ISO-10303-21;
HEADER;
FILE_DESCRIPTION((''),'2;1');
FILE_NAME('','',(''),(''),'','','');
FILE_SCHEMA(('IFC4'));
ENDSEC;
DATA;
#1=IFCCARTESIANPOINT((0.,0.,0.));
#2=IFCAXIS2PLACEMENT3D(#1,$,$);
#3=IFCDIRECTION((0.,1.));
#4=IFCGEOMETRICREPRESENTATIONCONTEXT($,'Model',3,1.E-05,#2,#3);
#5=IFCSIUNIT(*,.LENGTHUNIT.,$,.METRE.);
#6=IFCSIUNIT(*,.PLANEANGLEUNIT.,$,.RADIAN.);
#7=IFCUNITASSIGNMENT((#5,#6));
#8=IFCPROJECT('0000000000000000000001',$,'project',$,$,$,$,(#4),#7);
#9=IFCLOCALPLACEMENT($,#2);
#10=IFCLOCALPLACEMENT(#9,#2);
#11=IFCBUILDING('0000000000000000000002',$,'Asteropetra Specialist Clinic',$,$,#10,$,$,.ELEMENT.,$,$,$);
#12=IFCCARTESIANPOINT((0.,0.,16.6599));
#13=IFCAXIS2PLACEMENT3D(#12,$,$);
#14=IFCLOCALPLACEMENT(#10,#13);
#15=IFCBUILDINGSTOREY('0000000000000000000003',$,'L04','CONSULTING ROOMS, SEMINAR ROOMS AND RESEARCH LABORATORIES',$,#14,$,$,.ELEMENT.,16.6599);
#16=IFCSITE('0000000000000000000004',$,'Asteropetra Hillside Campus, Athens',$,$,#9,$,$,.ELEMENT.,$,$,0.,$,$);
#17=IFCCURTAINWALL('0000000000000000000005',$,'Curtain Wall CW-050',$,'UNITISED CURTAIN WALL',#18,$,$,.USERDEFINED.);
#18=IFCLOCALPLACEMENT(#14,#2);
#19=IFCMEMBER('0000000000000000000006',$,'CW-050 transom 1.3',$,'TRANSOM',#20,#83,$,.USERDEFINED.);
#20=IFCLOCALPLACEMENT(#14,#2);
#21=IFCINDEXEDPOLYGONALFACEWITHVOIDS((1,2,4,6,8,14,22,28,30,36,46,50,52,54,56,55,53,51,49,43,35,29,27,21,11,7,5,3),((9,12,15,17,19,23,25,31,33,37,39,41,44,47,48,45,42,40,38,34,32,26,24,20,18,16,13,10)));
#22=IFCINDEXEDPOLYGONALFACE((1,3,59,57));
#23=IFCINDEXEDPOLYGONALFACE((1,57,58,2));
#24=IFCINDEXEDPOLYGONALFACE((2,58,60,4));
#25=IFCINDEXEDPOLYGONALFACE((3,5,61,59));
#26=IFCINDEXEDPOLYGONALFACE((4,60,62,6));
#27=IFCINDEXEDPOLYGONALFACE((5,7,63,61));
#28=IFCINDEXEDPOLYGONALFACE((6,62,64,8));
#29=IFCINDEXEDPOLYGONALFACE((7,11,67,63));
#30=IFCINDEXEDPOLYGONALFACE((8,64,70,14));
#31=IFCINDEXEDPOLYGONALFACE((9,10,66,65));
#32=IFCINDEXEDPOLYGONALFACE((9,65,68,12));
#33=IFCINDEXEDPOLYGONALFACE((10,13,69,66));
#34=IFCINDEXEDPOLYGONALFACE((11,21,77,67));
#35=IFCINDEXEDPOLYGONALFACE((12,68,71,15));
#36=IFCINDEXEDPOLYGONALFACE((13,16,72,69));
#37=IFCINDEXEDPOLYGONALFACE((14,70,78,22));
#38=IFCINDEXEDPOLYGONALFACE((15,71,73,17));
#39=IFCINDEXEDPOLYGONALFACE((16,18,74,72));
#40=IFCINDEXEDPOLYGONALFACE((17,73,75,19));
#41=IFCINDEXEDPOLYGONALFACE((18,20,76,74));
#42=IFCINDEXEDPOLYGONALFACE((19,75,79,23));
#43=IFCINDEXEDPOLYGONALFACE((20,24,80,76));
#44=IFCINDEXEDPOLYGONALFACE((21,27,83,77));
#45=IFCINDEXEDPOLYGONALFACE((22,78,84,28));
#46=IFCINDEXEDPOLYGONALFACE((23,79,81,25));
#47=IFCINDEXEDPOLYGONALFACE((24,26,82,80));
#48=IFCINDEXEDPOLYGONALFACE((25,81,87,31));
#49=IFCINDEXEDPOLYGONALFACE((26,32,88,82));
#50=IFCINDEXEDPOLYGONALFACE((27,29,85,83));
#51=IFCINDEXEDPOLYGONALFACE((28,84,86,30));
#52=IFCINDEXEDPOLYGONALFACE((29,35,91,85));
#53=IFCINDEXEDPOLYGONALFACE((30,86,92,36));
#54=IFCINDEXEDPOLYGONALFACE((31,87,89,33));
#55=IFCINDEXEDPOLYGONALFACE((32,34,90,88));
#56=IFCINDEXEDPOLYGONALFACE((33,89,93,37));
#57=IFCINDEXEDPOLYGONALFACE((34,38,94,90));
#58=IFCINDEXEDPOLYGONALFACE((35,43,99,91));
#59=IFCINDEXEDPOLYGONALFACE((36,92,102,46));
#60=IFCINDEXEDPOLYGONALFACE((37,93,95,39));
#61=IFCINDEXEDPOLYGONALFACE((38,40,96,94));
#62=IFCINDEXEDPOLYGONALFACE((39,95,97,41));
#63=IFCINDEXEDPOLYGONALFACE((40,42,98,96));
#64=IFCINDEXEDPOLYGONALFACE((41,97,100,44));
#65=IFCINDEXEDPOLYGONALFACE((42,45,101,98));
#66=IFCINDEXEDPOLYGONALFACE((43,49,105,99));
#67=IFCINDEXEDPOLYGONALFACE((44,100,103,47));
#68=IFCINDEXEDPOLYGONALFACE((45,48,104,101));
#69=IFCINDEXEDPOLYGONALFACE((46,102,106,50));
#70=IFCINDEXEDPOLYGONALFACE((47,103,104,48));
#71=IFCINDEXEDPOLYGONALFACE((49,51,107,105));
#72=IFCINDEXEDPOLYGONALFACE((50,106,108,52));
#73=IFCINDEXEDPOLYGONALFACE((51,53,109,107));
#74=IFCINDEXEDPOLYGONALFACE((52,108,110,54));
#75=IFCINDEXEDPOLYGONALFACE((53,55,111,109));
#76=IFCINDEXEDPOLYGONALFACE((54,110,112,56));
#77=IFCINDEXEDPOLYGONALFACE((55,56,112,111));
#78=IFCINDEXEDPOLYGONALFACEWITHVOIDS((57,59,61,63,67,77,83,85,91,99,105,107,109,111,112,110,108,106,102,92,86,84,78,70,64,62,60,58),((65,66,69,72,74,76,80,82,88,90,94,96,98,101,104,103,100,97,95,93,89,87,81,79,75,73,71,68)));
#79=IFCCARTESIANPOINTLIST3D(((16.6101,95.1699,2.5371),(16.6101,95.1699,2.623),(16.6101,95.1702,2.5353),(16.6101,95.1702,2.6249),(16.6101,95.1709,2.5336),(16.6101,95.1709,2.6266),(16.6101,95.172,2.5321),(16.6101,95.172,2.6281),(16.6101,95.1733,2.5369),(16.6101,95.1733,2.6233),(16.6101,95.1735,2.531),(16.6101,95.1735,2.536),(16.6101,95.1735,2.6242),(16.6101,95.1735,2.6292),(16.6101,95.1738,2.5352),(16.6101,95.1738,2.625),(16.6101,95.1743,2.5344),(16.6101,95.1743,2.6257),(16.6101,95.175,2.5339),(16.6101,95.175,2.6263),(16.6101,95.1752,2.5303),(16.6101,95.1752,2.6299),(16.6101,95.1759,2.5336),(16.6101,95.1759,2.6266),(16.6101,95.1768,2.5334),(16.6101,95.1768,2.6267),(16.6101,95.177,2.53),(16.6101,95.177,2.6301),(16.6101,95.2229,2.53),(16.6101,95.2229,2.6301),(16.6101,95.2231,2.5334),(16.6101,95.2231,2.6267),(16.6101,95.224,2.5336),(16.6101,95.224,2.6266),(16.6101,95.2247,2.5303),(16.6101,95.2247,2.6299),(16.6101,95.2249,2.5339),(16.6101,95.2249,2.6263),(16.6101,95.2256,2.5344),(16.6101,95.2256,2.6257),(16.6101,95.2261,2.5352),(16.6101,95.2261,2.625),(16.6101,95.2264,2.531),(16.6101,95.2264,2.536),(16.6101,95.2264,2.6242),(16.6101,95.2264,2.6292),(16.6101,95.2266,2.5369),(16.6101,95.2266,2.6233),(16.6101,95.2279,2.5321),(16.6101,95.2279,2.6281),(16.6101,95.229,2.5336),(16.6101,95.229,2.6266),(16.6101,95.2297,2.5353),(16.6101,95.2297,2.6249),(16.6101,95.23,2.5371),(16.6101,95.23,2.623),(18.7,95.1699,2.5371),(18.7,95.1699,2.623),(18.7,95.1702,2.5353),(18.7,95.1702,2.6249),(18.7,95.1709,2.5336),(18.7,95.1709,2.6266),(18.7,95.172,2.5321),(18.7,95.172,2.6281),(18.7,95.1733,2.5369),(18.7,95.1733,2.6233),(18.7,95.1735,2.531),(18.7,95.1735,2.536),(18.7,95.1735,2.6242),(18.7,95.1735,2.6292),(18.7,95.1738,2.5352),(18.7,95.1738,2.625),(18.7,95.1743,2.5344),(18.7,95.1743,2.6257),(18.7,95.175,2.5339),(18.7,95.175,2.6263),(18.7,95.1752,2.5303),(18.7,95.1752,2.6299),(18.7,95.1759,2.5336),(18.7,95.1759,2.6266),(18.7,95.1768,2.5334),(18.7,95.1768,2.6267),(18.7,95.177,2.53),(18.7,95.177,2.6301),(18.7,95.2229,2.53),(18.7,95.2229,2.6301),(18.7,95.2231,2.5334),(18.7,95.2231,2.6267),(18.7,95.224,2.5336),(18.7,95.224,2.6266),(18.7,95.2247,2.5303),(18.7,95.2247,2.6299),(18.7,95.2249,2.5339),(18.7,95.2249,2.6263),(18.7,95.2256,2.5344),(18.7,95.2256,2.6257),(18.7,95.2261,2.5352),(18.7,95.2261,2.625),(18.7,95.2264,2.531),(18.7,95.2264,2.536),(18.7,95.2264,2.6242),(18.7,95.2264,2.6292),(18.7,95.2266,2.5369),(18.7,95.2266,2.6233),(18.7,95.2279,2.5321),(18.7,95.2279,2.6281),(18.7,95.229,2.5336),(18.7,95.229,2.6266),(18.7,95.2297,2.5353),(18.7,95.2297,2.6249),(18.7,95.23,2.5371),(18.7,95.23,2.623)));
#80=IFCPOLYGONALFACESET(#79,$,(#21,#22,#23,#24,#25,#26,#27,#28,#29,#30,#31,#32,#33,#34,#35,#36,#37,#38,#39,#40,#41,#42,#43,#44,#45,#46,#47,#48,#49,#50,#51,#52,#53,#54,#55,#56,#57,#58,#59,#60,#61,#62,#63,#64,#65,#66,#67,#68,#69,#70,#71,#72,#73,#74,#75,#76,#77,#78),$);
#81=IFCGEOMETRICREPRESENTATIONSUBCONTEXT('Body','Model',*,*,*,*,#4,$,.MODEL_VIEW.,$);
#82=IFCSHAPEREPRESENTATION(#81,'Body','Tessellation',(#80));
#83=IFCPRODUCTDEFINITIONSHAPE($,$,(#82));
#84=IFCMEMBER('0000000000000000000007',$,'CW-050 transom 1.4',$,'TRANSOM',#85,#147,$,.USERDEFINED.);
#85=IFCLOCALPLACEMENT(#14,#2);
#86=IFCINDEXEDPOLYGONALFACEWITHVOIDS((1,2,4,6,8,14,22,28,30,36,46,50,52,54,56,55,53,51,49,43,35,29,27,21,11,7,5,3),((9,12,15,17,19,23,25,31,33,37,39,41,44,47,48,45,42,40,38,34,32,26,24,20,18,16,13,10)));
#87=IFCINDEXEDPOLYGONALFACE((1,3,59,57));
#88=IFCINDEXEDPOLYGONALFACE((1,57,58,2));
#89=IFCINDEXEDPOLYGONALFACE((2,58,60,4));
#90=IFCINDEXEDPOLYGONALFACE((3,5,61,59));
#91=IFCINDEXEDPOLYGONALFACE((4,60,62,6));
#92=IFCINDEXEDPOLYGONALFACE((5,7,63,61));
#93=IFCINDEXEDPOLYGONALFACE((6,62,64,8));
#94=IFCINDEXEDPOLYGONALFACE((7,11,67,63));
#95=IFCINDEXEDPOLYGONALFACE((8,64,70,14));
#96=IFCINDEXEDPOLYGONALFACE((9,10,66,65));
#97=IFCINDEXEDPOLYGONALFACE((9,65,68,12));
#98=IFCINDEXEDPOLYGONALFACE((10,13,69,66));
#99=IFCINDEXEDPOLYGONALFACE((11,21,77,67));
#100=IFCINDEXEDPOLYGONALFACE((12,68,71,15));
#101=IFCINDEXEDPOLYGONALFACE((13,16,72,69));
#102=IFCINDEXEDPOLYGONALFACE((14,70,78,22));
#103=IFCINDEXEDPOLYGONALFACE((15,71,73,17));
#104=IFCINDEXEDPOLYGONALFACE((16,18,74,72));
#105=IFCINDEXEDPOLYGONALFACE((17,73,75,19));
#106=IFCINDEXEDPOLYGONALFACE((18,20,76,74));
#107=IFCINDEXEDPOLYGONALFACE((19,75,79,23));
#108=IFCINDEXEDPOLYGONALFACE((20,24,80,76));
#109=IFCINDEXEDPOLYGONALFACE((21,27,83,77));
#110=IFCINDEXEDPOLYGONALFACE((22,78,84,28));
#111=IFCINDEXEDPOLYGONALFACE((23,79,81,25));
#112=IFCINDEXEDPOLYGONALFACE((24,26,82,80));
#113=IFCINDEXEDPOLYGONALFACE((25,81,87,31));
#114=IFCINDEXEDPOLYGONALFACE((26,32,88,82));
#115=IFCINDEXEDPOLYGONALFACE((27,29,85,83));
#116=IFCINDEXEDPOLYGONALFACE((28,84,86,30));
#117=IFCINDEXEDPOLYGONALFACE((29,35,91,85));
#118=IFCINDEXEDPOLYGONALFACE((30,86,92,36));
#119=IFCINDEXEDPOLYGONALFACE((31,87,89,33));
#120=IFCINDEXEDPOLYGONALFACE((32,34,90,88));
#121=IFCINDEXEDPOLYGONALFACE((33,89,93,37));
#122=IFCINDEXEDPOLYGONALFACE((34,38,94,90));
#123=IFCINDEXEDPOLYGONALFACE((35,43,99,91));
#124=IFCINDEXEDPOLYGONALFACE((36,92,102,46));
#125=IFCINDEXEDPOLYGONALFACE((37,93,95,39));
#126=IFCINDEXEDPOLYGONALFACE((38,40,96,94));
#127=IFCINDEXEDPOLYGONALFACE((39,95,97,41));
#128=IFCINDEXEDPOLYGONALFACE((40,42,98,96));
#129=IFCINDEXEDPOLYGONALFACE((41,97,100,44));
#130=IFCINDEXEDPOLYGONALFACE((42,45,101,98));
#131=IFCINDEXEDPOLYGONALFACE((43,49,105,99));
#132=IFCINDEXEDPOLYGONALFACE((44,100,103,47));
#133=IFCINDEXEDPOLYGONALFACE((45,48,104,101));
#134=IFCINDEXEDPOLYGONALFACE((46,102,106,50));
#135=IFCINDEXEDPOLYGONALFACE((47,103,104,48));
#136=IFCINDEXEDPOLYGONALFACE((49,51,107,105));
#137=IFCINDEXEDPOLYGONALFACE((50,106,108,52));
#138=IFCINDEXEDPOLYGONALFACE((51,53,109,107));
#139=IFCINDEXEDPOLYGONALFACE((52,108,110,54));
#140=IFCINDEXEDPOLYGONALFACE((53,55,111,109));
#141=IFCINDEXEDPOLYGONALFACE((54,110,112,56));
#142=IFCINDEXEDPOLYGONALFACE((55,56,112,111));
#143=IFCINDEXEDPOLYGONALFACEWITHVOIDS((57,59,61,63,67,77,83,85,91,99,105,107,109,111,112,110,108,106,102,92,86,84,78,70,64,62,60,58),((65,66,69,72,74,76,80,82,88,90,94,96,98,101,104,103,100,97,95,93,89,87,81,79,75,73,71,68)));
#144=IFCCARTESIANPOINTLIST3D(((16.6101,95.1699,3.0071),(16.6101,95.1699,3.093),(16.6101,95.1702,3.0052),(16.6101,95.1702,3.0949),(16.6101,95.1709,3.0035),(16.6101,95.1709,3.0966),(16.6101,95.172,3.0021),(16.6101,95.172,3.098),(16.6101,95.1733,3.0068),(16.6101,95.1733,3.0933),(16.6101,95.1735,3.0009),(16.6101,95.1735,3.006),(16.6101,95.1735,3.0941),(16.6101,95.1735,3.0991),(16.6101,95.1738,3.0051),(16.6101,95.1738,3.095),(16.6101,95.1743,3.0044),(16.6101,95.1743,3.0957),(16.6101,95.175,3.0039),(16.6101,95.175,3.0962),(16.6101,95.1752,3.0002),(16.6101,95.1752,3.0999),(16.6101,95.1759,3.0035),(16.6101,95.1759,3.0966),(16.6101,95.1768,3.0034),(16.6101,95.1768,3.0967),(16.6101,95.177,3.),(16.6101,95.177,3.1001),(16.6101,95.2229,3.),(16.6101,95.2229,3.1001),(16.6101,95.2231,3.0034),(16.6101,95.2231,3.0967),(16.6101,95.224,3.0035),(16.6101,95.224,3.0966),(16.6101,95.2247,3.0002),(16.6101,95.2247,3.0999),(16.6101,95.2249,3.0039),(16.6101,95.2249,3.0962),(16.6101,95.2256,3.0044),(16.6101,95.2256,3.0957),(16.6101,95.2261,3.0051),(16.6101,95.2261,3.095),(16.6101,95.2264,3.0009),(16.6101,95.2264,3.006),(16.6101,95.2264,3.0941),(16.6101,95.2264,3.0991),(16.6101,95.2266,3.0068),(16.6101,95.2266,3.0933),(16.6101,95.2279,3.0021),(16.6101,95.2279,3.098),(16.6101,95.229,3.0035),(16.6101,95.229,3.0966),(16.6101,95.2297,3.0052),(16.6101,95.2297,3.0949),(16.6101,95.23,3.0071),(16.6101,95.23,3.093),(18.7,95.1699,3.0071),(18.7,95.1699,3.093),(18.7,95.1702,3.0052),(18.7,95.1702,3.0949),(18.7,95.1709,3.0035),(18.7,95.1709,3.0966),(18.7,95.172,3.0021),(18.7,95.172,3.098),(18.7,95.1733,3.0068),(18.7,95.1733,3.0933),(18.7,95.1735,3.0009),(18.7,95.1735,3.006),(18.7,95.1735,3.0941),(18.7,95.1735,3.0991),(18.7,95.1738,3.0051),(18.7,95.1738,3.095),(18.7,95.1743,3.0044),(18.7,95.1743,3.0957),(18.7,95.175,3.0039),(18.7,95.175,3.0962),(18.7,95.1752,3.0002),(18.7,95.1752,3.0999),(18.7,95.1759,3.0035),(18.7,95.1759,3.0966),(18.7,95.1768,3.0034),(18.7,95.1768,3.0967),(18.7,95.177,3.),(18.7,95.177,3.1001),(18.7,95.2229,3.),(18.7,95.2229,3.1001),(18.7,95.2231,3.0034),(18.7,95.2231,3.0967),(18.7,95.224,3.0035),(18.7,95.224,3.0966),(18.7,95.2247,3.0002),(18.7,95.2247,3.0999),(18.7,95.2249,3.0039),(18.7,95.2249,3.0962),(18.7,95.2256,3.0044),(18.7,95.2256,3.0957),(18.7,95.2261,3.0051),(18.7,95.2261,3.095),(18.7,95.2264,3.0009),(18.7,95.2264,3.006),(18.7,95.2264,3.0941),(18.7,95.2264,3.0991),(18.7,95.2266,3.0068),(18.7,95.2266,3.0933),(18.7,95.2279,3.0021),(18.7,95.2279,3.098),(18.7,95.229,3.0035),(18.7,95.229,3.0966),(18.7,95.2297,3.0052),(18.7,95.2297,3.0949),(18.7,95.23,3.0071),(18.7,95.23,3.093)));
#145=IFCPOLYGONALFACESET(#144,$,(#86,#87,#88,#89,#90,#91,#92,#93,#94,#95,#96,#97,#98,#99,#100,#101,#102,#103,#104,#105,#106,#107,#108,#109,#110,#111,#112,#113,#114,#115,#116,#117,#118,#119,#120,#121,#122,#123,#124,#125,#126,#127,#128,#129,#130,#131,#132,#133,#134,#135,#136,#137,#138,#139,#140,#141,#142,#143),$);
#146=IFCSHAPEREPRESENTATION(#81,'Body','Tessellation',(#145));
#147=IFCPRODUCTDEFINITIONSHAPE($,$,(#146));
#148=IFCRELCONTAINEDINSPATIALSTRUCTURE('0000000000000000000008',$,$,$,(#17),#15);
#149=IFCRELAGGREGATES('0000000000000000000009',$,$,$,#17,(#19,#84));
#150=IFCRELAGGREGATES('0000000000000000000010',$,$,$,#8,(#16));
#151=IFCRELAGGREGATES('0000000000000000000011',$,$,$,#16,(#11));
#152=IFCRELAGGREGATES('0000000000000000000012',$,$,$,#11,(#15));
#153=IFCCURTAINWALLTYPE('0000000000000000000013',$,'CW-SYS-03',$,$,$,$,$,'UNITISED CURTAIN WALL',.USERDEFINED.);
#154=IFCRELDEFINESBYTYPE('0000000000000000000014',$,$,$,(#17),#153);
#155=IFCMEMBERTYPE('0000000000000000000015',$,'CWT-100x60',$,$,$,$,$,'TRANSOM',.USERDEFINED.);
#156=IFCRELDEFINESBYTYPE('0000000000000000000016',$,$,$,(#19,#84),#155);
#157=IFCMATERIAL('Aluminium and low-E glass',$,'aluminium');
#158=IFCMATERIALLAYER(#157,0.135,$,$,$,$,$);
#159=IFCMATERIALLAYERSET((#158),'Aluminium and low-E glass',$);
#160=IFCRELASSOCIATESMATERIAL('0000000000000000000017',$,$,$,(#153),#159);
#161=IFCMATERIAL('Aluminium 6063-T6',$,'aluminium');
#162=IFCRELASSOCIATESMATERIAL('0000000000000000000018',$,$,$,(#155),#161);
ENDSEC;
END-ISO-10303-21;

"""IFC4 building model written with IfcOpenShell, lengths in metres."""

from ifc_helpers import new_model, si_unit, direction, frame, origin, origin_2d, place, context, subcontext, project, spatial, hollow_rectangle, extrude, material, layer, layer_set, material_profile, profile_set, type_object, element, aggregate, save


model = new_model("IFC4")

# Units and contexts
model_context = context("Model", 3, precision=1e-05, world=origin(), true_north=direction((0.0, 1.0)))
body_context = subcontext(model_context, "Body", "Model", "MODEL_VIEW")
ifc_project = project(units=[si_unit("LENGTHUNIT", "METRE"), si_unit("PLANEANGLEUNIT", "RADIAN")], contexts=[model_context])

# Site, building, storey
site_placement = place(None, origin())
site = spatial("IfcSite", under=ifc_project, at=site_placement, Name="Asteropetra Hillside Campus, Athens", CompositionType="ELEMENT", RefElevation=0.0)
building_placement = place(site_placement, origin())
building = spatial("IfcBuilding", under=site, at=building_placement, Name="Asteropetra Specialist Clinic", CompositionType="ELEMENT")
storey_placement = place(building_placement, frame((0.0, 0.0, 16.6599)))
storey = spatial("IfcBuildingStorey", under=building, at=storey_placement, Name="L04", Description="CONSULTING ROOMS, SEMINAR ROOMS AND RESEARCH LABORATORIES", CompositionType="ELEMENT", Elevation=16.6599)

# Curtain wall
ifc_material_1 = material(Name="Aluminium and low-E glass", Category="aluminium")
ifc_layer_1 = layer(ifc_material_1, 0.135)
ifc_layer_set_1 = layer_set([ifc_layer_1], Name="Aluminium and low-E glass")
curtain_wall_type_1 = type_object("IfcCurtainWallType", Name="CW-SYS-03", ElementType="UNITISED CURTAIN WALL", PredefinedType="USERDEFINED", material=ifc_layer_set_1)
curtain_wall_1_placement = place(storey_placement, origin())
curtain_wall_1 = element("IfcCurtainWall", 1, at=curtain_wall_1_placement, inside=storey, type_object=curtain_wall_type_1, Name="Curtain Wall CW-050", ObjectType="UNITISED CURTAIN WALL", PredefinedType="USERDEFINED")

# Members
ifc_material_2 = material(Name="Aluminium 6063-T6", Category="aluminium")
ifc_material_profile_1 = material_profile(ifc_material_2, hollow_rectangle(XDim=0.0601, YDim=0.1001, WallThickness=0.0034, InnerFilletRadius=0.0034, OuterFilletRadius=0.0071, at=origin_2d()), Name="TRN 100x60x3.5")
ifc_profile_set_1 = profile_set([ifc_material_profile_1], Name="Aluminium 6063-T6")
member_type_1 = type_object("IfcMemberType", Name="CWT-100x60", ElementType="TRANSOM", PredefinedType="USERDEFINED", material=ifc_profile_set_1)
member_1_placement = place(storey_placement, frame((18.7, 95.2, 2.5801), z_axis=(-1.0, 0.0, 0.0), x_axis=(0.0, -1.0, 0.0)))
member_1 = element("IfcMember", 2, at=member_1_placement, type_object=member_type_1, Name="CW-050 transom 1.3", ObjectType="TRANSOM", PredefinedType="USERDEFINED", context=body_context, shape_type="SweptSolid", body=[
    extrude(hollow_rectangle(XDim=0.0601, YDim=0.1001, WallThickness=0.0034, InnerFilletRadius=0.0034, OuterFilletRadius=0.0071, at=origin_2d()), origin(), (0.0, 0.0, 1.0), 2.0898),
])
member_2_placement = place(storey_placement, frame((18.7, 95.2, 3.05), z_axis=(-1.0, 0.0, 0.0), x_axis=(0.0, -1.0, 0.0)))
member_2 = element("IfcMember", 3, at=member_2_placement, type_object=member_type_1, Name="CW-050 transom 1.4", ObjectType="TRANSOM", PredefinedType="USERDEFINED", context=body_context, shape_type="SweptSolid", body=[
    extrude(hollow_rectangle(XDim=0.0601, YDim=0.1001, WallThickness=0.0034, InnerFilletRadius=0.0034, OuterFilletRadius=0.0071, at=origin_2d()), origin(), (0.0, 0.0, 1.0), 2.0898),
])

aggregate(curtain_wall_1, [member_1, member_2])

save(model, "model.ifc")
